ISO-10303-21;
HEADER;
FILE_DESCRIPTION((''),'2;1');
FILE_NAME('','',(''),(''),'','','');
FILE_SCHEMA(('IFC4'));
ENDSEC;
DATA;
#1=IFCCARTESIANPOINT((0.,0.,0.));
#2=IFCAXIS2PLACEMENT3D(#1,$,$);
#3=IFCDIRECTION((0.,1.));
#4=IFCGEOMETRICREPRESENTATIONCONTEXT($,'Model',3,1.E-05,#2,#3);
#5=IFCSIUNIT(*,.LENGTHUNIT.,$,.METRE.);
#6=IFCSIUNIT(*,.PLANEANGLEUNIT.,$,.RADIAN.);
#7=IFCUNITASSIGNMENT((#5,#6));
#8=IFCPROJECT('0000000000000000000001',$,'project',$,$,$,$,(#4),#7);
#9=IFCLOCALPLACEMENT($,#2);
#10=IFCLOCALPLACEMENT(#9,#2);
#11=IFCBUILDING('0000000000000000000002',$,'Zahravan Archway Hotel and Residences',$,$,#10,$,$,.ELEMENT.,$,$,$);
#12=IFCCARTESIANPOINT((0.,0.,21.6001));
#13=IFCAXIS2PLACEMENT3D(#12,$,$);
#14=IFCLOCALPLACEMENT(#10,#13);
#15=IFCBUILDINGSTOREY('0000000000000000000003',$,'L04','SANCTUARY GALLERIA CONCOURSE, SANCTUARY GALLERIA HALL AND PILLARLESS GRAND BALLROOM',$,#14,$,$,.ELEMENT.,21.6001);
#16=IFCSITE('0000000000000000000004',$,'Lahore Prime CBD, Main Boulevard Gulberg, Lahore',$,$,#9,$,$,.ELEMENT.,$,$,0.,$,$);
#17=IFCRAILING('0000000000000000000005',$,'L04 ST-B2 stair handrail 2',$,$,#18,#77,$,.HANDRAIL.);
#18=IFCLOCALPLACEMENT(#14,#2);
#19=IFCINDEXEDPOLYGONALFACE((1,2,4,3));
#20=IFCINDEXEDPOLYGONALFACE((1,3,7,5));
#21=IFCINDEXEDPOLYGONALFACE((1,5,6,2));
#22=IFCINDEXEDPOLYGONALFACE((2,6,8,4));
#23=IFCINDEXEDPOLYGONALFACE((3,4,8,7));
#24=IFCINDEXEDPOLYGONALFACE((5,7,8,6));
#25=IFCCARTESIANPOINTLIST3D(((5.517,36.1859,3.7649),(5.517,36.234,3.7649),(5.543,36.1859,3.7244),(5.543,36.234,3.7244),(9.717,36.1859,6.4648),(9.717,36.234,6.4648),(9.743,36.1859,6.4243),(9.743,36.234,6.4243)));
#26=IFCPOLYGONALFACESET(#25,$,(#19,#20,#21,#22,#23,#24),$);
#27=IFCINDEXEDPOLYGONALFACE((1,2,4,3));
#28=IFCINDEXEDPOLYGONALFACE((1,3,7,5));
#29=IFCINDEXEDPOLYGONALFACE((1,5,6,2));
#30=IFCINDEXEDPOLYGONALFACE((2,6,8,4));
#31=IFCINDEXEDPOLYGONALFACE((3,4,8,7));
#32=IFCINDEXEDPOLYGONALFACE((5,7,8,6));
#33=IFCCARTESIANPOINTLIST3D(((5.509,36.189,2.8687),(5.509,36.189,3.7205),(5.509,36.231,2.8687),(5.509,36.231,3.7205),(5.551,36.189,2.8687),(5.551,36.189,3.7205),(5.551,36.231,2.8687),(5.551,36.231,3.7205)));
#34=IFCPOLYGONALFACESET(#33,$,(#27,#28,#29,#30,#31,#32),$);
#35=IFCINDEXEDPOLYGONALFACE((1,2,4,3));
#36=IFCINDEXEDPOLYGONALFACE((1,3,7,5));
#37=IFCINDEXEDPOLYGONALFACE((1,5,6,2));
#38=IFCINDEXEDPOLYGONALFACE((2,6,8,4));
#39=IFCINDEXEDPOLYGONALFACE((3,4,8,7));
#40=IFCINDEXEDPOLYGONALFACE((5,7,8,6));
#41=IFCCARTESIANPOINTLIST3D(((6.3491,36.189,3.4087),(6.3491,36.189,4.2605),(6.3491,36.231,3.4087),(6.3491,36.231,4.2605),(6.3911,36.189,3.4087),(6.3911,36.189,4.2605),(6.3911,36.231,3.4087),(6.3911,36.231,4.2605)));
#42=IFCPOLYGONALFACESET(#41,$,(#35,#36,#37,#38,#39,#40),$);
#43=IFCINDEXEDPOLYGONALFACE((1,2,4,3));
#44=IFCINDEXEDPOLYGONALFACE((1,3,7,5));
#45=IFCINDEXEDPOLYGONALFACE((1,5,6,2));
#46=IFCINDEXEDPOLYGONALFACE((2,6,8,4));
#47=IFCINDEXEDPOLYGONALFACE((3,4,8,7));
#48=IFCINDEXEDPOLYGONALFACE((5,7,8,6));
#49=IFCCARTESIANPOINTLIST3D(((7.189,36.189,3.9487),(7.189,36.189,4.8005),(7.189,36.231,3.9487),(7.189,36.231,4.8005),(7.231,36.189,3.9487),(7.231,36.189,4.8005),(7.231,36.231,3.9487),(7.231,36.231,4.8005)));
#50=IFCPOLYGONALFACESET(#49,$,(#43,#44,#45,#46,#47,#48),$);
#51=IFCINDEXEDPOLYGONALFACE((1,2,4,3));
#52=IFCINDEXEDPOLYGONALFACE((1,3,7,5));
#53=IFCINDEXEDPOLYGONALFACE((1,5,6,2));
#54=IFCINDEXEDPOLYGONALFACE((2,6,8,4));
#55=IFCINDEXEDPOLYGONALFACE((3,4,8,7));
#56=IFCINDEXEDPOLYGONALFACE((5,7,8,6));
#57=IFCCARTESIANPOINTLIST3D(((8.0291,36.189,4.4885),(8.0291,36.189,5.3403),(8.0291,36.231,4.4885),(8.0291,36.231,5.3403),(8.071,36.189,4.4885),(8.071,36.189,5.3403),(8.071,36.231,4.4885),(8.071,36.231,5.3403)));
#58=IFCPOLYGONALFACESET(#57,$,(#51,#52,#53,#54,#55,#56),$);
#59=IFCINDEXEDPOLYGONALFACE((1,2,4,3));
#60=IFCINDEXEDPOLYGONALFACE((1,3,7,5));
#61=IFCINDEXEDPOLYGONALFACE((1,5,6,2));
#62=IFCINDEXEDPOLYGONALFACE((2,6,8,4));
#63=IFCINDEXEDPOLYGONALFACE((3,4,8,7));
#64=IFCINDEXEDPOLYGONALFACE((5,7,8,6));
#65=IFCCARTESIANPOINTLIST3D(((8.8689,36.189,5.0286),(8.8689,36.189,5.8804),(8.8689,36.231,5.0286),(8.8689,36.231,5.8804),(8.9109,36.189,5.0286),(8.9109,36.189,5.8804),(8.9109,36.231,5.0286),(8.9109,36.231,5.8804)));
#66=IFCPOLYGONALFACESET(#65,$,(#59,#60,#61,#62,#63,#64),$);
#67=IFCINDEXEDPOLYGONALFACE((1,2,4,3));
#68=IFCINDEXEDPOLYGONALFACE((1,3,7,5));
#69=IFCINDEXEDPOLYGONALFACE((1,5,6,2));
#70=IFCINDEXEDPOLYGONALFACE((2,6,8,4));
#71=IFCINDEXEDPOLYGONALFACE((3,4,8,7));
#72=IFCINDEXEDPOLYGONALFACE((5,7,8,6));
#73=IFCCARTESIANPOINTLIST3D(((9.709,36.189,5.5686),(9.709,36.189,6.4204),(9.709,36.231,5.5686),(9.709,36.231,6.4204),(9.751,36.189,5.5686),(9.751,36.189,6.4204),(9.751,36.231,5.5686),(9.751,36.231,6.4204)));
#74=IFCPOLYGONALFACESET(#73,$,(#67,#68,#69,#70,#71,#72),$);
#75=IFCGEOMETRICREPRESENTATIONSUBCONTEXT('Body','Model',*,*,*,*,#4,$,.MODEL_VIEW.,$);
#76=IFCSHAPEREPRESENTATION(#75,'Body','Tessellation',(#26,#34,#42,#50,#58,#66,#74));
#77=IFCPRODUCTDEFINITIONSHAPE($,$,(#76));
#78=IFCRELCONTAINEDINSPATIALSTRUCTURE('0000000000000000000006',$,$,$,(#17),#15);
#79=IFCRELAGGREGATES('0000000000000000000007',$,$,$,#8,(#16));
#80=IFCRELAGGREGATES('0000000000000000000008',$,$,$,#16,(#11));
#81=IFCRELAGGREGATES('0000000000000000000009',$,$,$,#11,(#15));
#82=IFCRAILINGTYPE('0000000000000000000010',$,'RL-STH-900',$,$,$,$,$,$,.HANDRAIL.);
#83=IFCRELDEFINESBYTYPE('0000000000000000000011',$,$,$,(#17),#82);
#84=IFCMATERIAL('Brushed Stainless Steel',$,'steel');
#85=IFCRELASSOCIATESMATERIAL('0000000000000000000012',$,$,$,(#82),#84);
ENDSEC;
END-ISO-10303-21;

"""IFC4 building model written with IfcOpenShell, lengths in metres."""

from ifc_helpers import new_model, si_unit, direction, frame, origin, origin_2d, place, context, subcontext, project, spatial, rectangle, extrude, material, type_object, element, save


model = new_model("IFC4")

# Units and contexts
model_context = context("Model", 3, precision=1e-05, world=origin(), true_north=direction((0.0, 1.0)))
body_context = subcontext(model_context, "Body", "Model", "MODEL_VIEW")
ifc_project = project(units=[si_unit("LENGTHUNIT", "METRE"), si_unit("PLANEANGLEUNIT", "RADIAN")], contexts=[model_context])

# Site, building, storey
site_placement = place(None, origin())
site = spatial("IfcSite", under=ifc_project, at=site_placement, Name="Lahore Prime CBD, Main Boulevard Gulberg, Lahore", CompositionType="ELEMENT", RefElevation=0.0)
building_placement = place(site_placement, origin())
building = spatial("IfcBuilding", under=site, at=building_placement, Name="Zahravan Archway Hotel and Residences", CompositionType="ELEMENT")
storey_placement = place(building_placement, frame((0.0, 0.0, 21.6001)))
storey = spatial("IfcBuildingStorey", under=building, at=storey_placement, Name="L04", Description="SANCTUARY GALLERIA CONCOURSE, SANCTUARY GALLERIA HALL AND PILLARLESS GRAND BALLROOM", CompositionType="ELEMENT", Elevation=21.6001)

# Railing
ifc_material_1 = material(Name="Brushed Stainless Steel", Category="steel")
railing_type_1 = type_object("IfcRailingType", Name="RL-STH-900", PredefinedType="HANDRAIL", material=ifc_material_1)
railing_1_placement = place(storey_placement, frame((5.53, 36.21, 2.8687)))
element("IfcRailing", 1, at=railing_1_placement, inside=storey, type_object=railing_type_1, Name="L04 ST-B2 stair handrail 2", PredefinedType="HANDRAIL", context=body_context, shape_type="SweptSolid", body=[
    extrude(rectangle(XDim=0.0481, YDim=0.0481, at=origin_2d()), frame((0.0, 0.0, 0.876), z_axis=(0.84118, 0.0, 0.540755), x_axis=(0.0, 1.0, 0.0)), (0.0, 0.0, 1.0), 4.9929),
    extrude(rectangle(XDim=0.042, YDim=0.042, at=origin_2d()), origin(), (0.0, 0.0, 1.0), 0.8518),
    extrude(rectangle(XDim=0.042, YDim=0.042, at=origin_2d()), frame((0.8401, 0.0, 0.54)), (0.0, 0.0, 1.0), 0.8518),
    extrude(rectangle(XDim=0.042, YDim=0.042, at=origin_2d()), frame((1.6799, 0.0, 1.0801)), (0.0, 0.0, 1.0), 0.8518),
    extrude(rectangle(XDim=0.042, YDim=0.042, at=origin_2d()), frame((2.52, 0.0, 1.6199)), (0.0, 0.0, 1.0), 0.8518),
    extrude(rectangle(XDim=0.042, YDim=0.042, at=origin_2d()), frame((3.3599, 0.0, 2.1599)), (0.0, 0.0, 1.0), 0.8518),
    extrude(rectangle(XDim=0.042, YDim=0.042, at=origin_2d()), frame((4.2, 0.0, 2.7)), (0.0, 0.0, 1.0), 0.8518),
])

save(model, "model.ifc")
